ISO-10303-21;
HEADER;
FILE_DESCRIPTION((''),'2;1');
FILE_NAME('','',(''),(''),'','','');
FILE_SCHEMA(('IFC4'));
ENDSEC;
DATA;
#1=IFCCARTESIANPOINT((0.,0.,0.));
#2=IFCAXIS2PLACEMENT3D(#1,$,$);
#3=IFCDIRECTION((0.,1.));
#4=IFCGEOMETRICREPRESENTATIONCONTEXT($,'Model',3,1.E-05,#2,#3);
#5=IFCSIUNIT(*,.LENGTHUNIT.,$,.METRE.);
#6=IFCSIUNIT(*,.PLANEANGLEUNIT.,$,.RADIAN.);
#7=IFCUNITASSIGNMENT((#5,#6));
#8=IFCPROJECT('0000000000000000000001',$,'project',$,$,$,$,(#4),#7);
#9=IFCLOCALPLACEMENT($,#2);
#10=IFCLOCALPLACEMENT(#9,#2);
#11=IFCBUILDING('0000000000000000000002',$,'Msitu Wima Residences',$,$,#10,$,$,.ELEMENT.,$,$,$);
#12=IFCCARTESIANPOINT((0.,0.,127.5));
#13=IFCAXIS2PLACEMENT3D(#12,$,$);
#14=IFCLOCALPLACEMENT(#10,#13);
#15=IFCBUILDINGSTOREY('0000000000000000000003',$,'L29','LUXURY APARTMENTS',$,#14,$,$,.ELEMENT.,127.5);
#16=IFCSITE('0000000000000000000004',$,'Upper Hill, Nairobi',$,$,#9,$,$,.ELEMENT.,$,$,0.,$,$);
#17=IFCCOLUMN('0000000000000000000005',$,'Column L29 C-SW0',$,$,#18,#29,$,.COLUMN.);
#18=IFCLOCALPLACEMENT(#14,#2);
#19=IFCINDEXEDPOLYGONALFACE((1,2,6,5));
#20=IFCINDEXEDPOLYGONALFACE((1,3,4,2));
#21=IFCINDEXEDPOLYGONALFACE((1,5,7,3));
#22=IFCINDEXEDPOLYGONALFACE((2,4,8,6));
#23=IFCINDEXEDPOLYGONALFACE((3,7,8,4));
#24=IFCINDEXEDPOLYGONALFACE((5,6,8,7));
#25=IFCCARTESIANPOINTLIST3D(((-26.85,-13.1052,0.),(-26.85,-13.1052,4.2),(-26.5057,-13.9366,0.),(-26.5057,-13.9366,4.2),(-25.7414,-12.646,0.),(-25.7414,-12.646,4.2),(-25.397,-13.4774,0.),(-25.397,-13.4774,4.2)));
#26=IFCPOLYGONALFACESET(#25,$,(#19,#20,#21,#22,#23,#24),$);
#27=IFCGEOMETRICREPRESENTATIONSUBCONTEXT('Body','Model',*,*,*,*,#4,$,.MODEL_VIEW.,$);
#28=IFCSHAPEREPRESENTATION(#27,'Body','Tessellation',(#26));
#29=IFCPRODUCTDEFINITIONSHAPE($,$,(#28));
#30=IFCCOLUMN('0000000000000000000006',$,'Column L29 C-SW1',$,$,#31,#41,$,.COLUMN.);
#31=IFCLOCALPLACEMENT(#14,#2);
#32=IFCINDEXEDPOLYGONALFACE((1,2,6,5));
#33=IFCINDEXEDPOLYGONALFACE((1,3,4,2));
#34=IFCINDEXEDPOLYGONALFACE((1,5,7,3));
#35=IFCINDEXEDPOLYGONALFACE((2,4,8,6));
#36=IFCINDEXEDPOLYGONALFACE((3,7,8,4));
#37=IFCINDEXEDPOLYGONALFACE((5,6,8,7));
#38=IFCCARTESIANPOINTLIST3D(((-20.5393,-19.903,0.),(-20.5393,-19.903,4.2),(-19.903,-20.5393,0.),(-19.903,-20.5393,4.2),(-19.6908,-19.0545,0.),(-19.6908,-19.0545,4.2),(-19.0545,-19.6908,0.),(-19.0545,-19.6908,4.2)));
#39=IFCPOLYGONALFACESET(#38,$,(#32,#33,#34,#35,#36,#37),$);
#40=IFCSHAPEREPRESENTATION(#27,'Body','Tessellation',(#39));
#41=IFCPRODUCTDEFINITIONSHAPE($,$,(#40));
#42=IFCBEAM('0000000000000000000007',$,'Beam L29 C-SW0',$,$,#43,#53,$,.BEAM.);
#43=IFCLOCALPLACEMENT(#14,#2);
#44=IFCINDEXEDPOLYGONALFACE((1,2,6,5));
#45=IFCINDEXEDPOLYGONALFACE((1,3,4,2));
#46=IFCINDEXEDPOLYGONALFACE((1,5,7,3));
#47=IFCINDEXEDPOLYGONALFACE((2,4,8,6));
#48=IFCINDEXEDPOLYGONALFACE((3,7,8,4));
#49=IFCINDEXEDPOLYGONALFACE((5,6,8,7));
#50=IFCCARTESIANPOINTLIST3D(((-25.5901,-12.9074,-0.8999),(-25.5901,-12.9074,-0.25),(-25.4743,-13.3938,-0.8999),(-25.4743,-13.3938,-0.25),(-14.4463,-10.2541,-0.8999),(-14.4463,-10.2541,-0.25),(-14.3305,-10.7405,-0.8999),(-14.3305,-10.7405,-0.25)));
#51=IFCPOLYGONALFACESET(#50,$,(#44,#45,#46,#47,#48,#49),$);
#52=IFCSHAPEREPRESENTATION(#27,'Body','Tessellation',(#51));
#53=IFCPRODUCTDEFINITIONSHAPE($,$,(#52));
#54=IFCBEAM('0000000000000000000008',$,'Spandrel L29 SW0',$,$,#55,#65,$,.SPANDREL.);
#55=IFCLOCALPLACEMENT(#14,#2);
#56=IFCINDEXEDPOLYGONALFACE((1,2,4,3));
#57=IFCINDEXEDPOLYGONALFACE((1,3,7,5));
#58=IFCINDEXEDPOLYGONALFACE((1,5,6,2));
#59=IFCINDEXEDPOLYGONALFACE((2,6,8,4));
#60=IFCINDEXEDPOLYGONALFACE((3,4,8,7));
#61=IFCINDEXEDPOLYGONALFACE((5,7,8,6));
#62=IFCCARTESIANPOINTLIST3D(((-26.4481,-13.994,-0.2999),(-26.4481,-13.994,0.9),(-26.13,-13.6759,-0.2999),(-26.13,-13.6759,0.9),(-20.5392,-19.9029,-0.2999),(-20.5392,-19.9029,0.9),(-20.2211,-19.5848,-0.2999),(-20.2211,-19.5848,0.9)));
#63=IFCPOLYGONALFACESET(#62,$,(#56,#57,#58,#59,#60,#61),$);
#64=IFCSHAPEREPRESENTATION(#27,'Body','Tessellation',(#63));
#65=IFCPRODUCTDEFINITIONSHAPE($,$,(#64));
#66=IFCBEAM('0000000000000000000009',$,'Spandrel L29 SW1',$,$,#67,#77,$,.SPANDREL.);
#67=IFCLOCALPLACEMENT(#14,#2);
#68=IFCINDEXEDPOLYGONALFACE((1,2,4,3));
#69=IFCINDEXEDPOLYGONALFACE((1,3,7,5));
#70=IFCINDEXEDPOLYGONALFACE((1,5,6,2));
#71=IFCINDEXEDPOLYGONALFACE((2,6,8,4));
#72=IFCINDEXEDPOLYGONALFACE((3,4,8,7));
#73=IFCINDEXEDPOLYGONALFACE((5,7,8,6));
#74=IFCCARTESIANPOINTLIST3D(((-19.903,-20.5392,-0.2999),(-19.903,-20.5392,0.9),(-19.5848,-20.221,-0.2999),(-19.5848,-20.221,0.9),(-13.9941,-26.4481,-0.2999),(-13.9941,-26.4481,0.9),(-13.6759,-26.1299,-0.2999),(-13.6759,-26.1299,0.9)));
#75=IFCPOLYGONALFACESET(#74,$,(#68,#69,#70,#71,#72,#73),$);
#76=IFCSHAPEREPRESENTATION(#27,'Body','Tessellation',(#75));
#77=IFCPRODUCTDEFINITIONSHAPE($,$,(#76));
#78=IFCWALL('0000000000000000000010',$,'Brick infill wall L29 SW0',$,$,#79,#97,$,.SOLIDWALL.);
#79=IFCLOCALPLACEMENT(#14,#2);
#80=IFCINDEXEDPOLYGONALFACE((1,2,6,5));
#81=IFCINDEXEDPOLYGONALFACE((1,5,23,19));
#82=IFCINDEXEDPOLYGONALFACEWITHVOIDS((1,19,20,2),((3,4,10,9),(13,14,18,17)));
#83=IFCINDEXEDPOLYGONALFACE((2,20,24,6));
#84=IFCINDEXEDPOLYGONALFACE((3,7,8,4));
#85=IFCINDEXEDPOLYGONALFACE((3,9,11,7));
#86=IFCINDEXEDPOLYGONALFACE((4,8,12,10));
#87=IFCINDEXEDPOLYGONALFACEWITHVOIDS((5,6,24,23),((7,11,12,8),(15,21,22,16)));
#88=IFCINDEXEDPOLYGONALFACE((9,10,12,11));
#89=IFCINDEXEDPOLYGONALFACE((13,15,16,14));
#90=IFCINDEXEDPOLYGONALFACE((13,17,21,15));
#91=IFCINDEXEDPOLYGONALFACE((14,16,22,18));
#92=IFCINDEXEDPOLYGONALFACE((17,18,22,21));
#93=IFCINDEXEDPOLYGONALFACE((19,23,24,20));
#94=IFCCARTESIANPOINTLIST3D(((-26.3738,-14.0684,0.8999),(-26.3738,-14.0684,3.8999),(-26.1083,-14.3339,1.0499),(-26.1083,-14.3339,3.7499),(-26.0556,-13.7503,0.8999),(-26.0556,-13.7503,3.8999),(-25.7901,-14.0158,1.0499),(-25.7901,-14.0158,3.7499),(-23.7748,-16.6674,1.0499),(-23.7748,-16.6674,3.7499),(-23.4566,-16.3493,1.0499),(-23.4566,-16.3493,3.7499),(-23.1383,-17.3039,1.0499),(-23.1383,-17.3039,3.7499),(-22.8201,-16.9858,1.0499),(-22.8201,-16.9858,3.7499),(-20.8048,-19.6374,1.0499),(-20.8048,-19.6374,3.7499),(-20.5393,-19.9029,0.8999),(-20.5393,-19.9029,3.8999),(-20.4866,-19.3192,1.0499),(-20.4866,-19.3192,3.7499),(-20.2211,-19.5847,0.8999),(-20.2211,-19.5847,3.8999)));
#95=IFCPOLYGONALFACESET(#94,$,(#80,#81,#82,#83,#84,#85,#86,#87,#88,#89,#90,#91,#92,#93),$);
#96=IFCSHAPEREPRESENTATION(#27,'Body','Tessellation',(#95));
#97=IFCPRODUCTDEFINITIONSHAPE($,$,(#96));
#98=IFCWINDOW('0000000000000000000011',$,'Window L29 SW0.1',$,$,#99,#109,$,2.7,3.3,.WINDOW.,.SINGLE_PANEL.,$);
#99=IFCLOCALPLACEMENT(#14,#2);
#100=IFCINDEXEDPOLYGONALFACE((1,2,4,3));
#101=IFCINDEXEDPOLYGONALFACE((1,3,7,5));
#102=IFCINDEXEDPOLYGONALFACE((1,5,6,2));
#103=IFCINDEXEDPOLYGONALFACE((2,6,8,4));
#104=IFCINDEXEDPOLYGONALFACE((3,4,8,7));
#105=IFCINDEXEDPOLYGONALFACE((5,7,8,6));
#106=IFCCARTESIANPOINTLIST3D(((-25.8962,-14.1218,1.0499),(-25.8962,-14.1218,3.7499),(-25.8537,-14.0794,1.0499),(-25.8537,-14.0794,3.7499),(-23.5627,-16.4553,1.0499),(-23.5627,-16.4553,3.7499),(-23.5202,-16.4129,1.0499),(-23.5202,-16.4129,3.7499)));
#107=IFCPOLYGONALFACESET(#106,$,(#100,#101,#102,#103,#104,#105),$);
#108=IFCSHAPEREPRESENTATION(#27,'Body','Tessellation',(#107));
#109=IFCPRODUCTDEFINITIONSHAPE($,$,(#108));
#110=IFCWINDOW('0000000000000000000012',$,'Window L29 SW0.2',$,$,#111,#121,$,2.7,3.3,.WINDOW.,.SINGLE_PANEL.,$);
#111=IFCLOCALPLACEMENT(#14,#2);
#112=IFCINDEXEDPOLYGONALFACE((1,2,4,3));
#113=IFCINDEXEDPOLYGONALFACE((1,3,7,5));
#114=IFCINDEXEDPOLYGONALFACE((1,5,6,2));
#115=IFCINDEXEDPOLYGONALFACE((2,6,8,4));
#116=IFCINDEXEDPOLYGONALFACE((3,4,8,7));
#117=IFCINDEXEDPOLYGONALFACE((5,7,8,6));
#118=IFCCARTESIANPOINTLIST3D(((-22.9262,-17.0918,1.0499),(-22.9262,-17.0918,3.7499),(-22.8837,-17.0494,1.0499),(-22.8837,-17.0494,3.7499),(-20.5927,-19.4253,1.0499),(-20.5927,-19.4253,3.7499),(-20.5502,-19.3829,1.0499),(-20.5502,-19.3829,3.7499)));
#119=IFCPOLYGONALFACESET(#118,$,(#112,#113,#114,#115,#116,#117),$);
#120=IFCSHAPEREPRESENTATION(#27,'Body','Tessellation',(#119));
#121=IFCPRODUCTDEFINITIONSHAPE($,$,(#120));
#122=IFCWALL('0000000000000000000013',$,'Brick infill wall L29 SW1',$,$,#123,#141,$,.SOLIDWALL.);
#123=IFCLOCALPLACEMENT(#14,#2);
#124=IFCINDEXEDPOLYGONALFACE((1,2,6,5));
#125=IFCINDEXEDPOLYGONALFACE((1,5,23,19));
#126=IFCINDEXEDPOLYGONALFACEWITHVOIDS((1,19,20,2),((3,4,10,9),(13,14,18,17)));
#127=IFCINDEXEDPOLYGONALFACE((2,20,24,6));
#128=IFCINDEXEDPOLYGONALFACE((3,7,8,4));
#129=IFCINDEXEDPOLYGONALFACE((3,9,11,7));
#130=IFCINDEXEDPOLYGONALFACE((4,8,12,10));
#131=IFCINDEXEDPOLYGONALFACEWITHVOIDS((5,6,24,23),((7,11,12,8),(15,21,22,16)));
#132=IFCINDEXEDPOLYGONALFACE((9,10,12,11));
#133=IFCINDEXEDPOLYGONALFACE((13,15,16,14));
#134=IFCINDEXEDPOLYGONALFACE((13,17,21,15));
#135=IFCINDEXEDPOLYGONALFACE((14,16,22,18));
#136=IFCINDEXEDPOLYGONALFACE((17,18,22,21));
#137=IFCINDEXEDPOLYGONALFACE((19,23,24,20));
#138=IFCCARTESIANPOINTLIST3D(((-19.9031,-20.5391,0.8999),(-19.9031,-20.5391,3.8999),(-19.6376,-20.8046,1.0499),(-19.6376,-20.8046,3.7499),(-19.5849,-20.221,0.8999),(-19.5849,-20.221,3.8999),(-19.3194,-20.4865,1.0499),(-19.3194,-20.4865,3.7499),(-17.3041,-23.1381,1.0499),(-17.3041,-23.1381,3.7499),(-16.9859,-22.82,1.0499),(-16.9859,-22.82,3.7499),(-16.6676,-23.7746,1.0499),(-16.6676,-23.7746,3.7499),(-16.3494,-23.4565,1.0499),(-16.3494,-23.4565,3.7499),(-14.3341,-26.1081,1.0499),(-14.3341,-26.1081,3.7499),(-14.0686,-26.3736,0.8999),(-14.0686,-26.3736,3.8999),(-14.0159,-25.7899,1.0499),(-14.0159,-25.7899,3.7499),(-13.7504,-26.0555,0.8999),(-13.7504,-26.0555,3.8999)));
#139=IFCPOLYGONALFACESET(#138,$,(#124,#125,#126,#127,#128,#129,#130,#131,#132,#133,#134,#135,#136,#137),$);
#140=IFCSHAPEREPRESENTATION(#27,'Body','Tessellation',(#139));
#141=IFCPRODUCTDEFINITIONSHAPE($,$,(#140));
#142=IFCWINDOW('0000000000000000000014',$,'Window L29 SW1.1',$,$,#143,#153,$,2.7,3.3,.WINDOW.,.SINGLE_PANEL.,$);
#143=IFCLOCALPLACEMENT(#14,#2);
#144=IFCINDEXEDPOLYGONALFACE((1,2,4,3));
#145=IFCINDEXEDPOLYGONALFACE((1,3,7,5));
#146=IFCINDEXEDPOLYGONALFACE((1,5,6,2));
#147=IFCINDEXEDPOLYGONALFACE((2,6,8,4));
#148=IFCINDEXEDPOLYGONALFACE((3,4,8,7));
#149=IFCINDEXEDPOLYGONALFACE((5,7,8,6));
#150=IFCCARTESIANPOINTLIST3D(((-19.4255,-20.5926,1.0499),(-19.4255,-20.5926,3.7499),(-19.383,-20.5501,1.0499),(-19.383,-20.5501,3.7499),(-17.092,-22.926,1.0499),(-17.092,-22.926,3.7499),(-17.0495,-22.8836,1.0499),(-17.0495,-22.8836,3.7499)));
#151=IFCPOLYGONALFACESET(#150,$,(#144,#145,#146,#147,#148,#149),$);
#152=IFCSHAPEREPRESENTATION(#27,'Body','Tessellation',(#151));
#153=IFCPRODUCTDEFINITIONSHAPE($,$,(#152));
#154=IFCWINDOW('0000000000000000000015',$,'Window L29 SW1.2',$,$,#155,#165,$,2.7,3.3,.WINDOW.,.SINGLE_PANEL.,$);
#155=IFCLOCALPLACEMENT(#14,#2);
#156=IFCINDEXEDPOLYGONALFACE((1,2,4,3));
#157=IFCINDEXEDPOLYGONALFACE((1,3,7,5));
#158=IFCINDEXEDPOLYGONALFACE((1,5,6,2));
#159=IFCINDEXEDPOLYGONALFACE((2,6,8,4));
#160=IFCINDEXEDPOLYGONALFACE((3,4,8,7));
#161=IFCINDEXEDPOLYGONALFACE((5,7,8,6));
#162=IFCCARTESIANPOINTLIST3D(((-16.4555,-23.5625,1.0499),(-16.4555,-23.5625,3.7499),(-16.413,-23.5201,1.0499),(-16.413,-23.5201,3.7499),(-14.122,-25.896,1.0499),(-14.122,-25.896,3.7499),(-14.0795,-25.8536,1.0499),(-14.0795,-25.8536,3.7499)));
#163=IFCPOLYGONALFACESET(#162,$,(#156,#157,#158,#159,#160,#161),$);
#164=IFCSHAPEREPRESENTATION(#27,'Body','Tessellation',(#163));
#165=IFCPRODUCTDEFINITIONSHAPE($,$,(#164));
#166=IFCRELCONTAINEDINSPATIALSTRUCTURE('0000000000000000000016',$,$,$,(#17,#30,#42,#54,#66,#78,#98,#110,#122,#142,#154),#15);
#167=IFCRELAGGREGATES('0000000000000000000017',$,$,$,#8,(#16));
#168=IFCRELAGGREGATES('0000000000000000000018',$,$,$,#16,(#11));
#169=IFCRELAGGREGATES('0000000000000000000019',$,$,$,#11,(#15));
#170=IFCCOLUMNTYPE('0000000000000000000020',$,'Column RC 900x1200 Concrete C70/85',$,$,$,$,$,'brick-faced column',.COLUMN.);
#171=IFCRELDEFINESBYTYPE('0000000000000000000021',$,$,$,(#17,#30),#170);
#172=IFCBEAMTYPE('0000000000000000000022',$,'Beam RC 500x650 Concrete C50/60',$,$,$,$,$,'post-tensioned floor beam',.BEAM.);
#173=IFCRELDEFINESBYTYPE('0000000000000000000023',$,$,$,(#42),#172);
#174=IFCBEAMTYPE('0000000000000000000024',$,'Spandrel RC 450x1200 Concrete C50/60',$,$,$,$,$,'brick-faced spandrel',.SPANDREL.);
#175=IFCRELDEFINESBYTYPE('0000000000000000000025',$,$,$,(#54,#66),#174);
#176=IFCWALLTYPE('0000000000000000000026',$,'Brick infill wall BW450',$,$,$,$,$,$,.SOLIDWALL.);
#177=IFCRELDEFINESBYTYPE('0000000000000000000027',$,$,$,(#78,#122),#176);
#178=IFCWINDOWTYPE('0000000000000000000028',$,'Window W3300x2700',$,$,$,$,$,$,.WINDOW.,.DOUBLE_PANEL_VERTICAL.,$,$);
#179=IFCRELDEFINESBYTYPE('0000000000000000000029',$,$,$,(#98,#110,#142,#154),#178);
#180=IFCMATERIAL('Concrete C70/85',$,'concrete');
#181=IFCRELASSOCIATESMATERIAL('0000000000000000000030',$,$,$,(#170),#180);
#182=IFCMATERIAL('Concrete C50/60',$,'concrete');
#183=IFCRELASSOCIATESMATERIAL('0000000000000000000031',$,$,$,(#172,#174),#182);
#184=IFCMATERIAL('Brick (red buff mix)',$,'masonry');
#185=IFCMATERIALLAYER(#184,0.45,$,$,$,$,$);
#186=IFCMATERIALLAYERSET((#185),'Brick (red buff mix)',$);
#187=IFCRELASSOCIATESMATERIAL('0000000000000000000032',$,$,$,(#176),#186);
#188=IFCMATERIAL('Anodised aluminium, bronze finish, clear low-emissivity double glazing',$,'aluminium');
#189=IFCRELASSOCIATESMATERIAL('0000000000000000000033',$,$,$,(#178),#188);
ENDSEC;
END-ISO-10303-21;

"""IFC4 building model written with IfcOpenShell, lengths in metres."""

from ifc_helpers import new_model, si_unit, direction, frame, frame_2d, origin, origin_2d, place, context, subcontext, project, spatial, rectangle, extrude, material, layer, layer_set, material_profile, profile_set, type_object, element, fill, save


model = new_model("IFC4")

# Units and contexts
model_context = context("Model", 3, precision=1e-05, world=origin(), true_north=direction((0.0, 1.0)))
body_context = subcontext(model_context, "Body", "Model", "MODEL_VIEW")
ifc_project = project(units=[si_unit("LENGTHUNIT", "METRE"), si_unit("PLANEANGLEUNIT", "RADIAN")], contexts=[model_context])

# Site, building, storey
site_placement = place(None, origin())
site = spatial("IfcSite", under=ifc_project, at=site_placement, Name="Upper Hill, Nairobi", CompositionType="ELEMENT", RefElevation=0.0)
building_placement = place(site_placement, origin())
building = spatial("IfcBuilding", under=site, at=building_placement, Name="Msitu Wima Residences", CompositionType="ELEMENT")
storey_placement = place(building_placement, frame((0.0, 0.0, 127.5)))
storey = spatial("IfcBuildingStorey", under=building, at=storey_placement, Name="L29", Description="LUXURY APARTMENTS", CompositionType="ELEMENT", Elevation=127.5)

# Columns
ifc_material_1 = material(Name="Concrete C70/85", Category="concrete")
ifc_material_profile_1 = material_profile(ifc_material_1, rectangle(XDim=0.8999, YDim=1.2, at=origin_2d()), Name="RC 900x1200")
ifc_profile_set_1 = profile_set([ifc_material_profile_1], Name="Concrete C70/85")
column_type = type_object("IfcColumnType", Name="Column RC 900x1200 Concrete C70/85", ElementType="brick-faced column", PredefinedType="COLUMN", material=ifc_profile_set_1)
for number, where, z_axis, x_axis, name in (
    (1, (-26.1235, -13.2913, 0.0), (0.0, 0.0, 1.0), (0.382683, -0.92388, 0.0), "Column L29 C-SW0"),
    (2, (-19.7969, -19.7969, 0.0), (0.0, 0.0, 1.0), (0.707107, -0.707107, 0.0), "Column L29 C-SW1"),
):
    element("IfcColumn", number, at=place(storey_placement, frame(where, z_axis=z_axis, x_axis=x_axis)), inside=storey, type_object=column_type, Name=name, PredefinedType="COLUMN", context=body_context, shape_type="SweptSolid", body=[
        extrude(rectangle(XDim=0.8999, YDim=1.2, at=origin_2d()), origin(), (0.0, 0.0, 1.0), 4.2),
    ])

# Beams
ifc_material_2 = material(Name="Concrete C50/60", Category="concrete")
ifc_material_profile_2 = material_profile(ifc_material_2, rectangle(XDim=0.5, YDim=0.6499, at=origin_2d()), Name="RC 500x650")
ifc_profile_set_2 = profile_set([ifc_material_profile_2], Name="Concrete C50/60")
beam_type_1 = type_object("IfcBeamType", Name="Beam RC 500x650 Concrete C50/60", ElementType="post-tensioned floor beam", PredefinedType="BEAM", material=ifc_profile_set_2)
beam_placement = place(storey_placement, frame((-25.5322, -13.1506, -0.575), z_axis=(0.972806, 0.231623, 0.0), x_axis=(-0.231623, 0.972806, 0.0)))
element("IfcBeam", 3, at=beam_placement, inside=storey, type_object=beam_type_1, Name="Beam L29 C-SW0", PredefinedType="BEAM", context=body_context, shape_type="SweptSolid", body=[
    extrude(rectangle(XDim=0.5, YDim=0.6499, at=origin_2d()), origin(), (0.0, 0.0, 1.0), 11.4553),
])
ifc_material_profile_3 = material_profile(ifc_material_2, rectangle(XDim=0.45, YDim=1.2, at=origin_2d()), Name="RC 450x1200")
ifc_profile_set_3 = profile_set([ifc_material_profile_3], Name="Concrete C50/60")
beam_type_2 = type_object("IfcBeamType", Name="Spandrel RC 450x1200 Concrete C50/60", ElementType="brick-faced spandrel", PredefinedType="SPANDREL", material=ifc_profile_set_3)
for number, where, z_axis, x_axis, name in (
    (4, (-26.2891, -13.835, 0.3), (0.707107, -0.707107, 0.0), (0.707107, 0.707107, 0.0), "Spandrel L29 SW0"),
    (5, (-19.7439, -20.3801, 0.3), (0.707107, -0.707107, 0.0), (0.707107, 0.707107, 0.0), "Spandrel L29 SW1"),
):
    element("IfcBeam", number, at=place(storey_placement, frame(where, z_axis=z_axis, x_axis=x_axis)), inside=storey, type_object=beam_type_2, Name=name, PredefinedType="SPANDREL", context=body_context, shape_type="SweptSolid", body=[
        extrude(rectangle(XDim=0.45, YDim=1.2, at=origin_2d()), origin(), (0.0, 0.0, 1.0), 8.3564),
    ])

# Walls, openings, windows
ifc_material_3 = material(Name="Brick (red buff mix)", Category="masonry")
ifc_layer_1 = layer(ifc_material_3, 0.45)
ifc_layer_set_1 = layer_set([ifc_layer_1], Name="Brick (red buff mix)")
wall_type_1 = type_object("IfcWallType", Name="Brick infill wall BW450", PredefinedType="SOLIDWALL", material=ifc_layer_set_1)
wall_1_placement = place(storey_placement, frame((-26.2146, -13.9094, 0.8999), z_axis=(0.0, 0.0, 1.0), x_axis=(0.707107, -0.707107, 0.0)))
wall_1 = element("IfcWall", 6, at=wall_1_placement, inside=storey, type_object=wall_type_1, Name="Brick infill wall L29 SW0", PredefinedType="SOLIDWALL", context=body_context, shape_type="SweptSolid", body=[
    extrude(rectangle(XDim=8.2512, YDim=0.45, at=frame_2d((4.1255, 0.0))), origin(), (0.0, 0.0, 1.0), 3.0),
])
opening_1_placement = place(wall_1_placement, frame((0.3755, 0.0, 0.1499)))
opening_1 = element("IfcOpeningElement", 7, at=opening_1_placement, cuts=wall_1, PredefinedType="OPENING", context=body_context, shape_type="SweptSolid", body=[
    extrude(rectangle(XDim=3.3, YDim=2.7, at=frame_2d((1.6499, 1.3501))), frame((0.0, 0.2349, 0.0), z_axis=(0.0, -1.0, 0.0), x_axis=(1.0, 0.0, 0.0)), (0.0, 0.0, 1.0), 0.47),
])
opening_2_placement = place(wall_1_placement, frame((4.5757, 0.0, 0.1499)))
opening_2 = element("IfcOpeningElement", 8, at=opening_2_placement, cuts=wall_1, PredefinedType="OPENING", context=body_context, shape_type="SweptSolid", body=[
    extrude(rectangle(XDim=3.3, YDim=2.7, at=frame_2d((1.6499, 1.3501))), frame((0.0, 0.2349, 0.0), z_axis=(0.0, -1.0, 0.0), x_axis=(1.0, 0.0, 0.0)), (0.0, 0.0, 1.0), 0.47),
])
ifc_material_4 = material(Name="Anodised aluminium, bronze finish, clear low-emissivity double glazing", Category="aluminium")
window_type = type_object("IfcWindowType", Name="Window W3300x2700", PartitioningType="DOUBLE_PANEL_VERTICAL", PredefinedType="WINDOW", material=ifc_material_4)
window_1_placement = place(opening_1_placement, origin())
window_1 = element("IfcWindow", 9, at=window_1_placement, inside=storey, type_object=window_type, Name="Window L29 SW0.1", OverallHeight=2.7, OverallWidth=3.3, PartitioningType="SINGLE_PANEL", PredefinedType="WINDOW", context=body_context, shape_type="SweptSolid", body=[
    extrude(rectangle(XDim=3.3, YDim=2.7, at=frame_2d((1.6499, 1.3501))), frame((0.0, 0.135, 0.0), z_axis=(0.0, -1.0, 0.0), x_axis=(1.0, 0.0, 0.0)), (0.0, 0.0, 1.0), 0.0601),
])
fill(opening_1, window_1)
window_2_placement = place(opening_2_placement, origin())
window_2 = element("IfcWindow", 10, at=window_2_placement, inside=storey, type_object=window_type, Name="Window L29 SW0.2", OverallHeight=2.7, OverallWidth=3.3, PartitioningType="SINGLE_PANEL", PredefinedType="WINDOW", context=body_context, shape_type="SweptSolid", body=[
    extrude(rectangle(XDim=3.3, YDim=2.7, at=frame_2d((1.6499, 1.3501))), frame((0.0, 0.135, 0.0), z_axis=(0.0, -1.0, 0.0), x_axis=(1.0, 0.0, 0.0)), (0.0, 0.0, 1.0), 0.0601),
])
fill(opening_2, window_2)
wall_2_placement = place(storey_placement, frame((-19.7439, -20.3801, 0.8999), z_axis=(0.0, 0.0, 1.0), x_axis=(0.707107, -0.707107, 0.0)))
wall_2 = element("IfcWall", 11, at=wall_2_placement, inside=storey, type_object=wall_type_1, Name="Brick infill wall L29 SW1", PredefinedType="SOLIDWALL", context=body_context, shape_type="SweptSolid", body=[
    extrude(rectangle(XDim=8.2512, YDim=0.45, at=frame_2d((4.1255, 0.0))), origin(), (0.0, 0.0, 1.0), 3.0),
])
opening_3_placement = place(wall_2_placement, frame((0.3755, 0.0, 0.1499)))
opening_3 = element("IfcOpeningElement", 12, at=opening_3_placement, cuts=wall_2, PredefinedType="OPENING", context=body_context, shape_type="SweptSolid", body=[
    extrude(rectangle(XDim=3.3, YDim=2.7, at=frame_2d((1.6499, 1.3501))), frame((0.0, 0.2349, 0.0), z_axis=(0.0, -1.0, 0.0), x_axis=(1.0, 0.0, 0.0)), (0.0, 0.0, 1.0), 0.47),
])
opening_4_placement = place(wall_2_placement, frame((4.5757, 0.0, 0.1499)))
opening_4 = element("IfcOpeningElement", 13, at=opening_4_placement, cuts=wall_2, PredefinedType="OPENING", context=body_context, shape_type="SweptSolid", body=[
    extrude(rectangle(XDim=3.3, YDim=2.7, at=frame_2d((1.6499, 1.3501))), frame((0.0, 0.2349, 0.0), z_axis=(0.0, -1.0, 0.0), x_axis=(1.0, 0.0, 0.0)), (0.0, 0.0, 1.0), 0.47),
])
window_3_placement = place(opening_3_placement, origin())
window_3 = element("IfcWindow", 14, at=window_3_placement, inside=storey, type_object=window_type, Name="Window L29 SW1.1", OverallHeight=2.7, OverallWidth=3.3, PartitioningType="SINGLE_PANEL", PredefinedType="WINDOW", context=body_context, shape_type="SweptSolid", body=[
    extrude(rectangle(XDim=3.3, YDim=2.7, at=frame_2d((1.6499, 1.3501))), frame((0.0, 0.135, 0.0), z_axis=(0.0, -1.0, 0.0), x_axis=(1.0, 0.0, 0.0)), (0.0, 0.0, 1.0), 0.0601),
])
fill(opening_3, window_3)
window_4_placement = place(opening_4_placement, origin())
window_4 = element("IfcWindow", 15, at=window_4_placement, inside=storey, type_object=window_type, Name="Window L29 SW1.2", OverallHeight=2.7, OverallWidth=3.3, PartitioningType="SINGLE_PANEL", PredefinedType="WINDOW", context=body_context, shape_type="SweptSolid", body=[
    extrude(rectangle(XDim=3.3, YDim=2.7, at=frame_2d((1.6499, 1.3501))), frame((0.0, 0.135, 0.0), z_axis=(0.0, -1.0, 0.0), x_axis=(1.0, 0.0, 0.0)), (0.0, 0.0, 1.0), 0.0601),
])
fill(opening_4, window_4)

save(model, "model.ifc")
